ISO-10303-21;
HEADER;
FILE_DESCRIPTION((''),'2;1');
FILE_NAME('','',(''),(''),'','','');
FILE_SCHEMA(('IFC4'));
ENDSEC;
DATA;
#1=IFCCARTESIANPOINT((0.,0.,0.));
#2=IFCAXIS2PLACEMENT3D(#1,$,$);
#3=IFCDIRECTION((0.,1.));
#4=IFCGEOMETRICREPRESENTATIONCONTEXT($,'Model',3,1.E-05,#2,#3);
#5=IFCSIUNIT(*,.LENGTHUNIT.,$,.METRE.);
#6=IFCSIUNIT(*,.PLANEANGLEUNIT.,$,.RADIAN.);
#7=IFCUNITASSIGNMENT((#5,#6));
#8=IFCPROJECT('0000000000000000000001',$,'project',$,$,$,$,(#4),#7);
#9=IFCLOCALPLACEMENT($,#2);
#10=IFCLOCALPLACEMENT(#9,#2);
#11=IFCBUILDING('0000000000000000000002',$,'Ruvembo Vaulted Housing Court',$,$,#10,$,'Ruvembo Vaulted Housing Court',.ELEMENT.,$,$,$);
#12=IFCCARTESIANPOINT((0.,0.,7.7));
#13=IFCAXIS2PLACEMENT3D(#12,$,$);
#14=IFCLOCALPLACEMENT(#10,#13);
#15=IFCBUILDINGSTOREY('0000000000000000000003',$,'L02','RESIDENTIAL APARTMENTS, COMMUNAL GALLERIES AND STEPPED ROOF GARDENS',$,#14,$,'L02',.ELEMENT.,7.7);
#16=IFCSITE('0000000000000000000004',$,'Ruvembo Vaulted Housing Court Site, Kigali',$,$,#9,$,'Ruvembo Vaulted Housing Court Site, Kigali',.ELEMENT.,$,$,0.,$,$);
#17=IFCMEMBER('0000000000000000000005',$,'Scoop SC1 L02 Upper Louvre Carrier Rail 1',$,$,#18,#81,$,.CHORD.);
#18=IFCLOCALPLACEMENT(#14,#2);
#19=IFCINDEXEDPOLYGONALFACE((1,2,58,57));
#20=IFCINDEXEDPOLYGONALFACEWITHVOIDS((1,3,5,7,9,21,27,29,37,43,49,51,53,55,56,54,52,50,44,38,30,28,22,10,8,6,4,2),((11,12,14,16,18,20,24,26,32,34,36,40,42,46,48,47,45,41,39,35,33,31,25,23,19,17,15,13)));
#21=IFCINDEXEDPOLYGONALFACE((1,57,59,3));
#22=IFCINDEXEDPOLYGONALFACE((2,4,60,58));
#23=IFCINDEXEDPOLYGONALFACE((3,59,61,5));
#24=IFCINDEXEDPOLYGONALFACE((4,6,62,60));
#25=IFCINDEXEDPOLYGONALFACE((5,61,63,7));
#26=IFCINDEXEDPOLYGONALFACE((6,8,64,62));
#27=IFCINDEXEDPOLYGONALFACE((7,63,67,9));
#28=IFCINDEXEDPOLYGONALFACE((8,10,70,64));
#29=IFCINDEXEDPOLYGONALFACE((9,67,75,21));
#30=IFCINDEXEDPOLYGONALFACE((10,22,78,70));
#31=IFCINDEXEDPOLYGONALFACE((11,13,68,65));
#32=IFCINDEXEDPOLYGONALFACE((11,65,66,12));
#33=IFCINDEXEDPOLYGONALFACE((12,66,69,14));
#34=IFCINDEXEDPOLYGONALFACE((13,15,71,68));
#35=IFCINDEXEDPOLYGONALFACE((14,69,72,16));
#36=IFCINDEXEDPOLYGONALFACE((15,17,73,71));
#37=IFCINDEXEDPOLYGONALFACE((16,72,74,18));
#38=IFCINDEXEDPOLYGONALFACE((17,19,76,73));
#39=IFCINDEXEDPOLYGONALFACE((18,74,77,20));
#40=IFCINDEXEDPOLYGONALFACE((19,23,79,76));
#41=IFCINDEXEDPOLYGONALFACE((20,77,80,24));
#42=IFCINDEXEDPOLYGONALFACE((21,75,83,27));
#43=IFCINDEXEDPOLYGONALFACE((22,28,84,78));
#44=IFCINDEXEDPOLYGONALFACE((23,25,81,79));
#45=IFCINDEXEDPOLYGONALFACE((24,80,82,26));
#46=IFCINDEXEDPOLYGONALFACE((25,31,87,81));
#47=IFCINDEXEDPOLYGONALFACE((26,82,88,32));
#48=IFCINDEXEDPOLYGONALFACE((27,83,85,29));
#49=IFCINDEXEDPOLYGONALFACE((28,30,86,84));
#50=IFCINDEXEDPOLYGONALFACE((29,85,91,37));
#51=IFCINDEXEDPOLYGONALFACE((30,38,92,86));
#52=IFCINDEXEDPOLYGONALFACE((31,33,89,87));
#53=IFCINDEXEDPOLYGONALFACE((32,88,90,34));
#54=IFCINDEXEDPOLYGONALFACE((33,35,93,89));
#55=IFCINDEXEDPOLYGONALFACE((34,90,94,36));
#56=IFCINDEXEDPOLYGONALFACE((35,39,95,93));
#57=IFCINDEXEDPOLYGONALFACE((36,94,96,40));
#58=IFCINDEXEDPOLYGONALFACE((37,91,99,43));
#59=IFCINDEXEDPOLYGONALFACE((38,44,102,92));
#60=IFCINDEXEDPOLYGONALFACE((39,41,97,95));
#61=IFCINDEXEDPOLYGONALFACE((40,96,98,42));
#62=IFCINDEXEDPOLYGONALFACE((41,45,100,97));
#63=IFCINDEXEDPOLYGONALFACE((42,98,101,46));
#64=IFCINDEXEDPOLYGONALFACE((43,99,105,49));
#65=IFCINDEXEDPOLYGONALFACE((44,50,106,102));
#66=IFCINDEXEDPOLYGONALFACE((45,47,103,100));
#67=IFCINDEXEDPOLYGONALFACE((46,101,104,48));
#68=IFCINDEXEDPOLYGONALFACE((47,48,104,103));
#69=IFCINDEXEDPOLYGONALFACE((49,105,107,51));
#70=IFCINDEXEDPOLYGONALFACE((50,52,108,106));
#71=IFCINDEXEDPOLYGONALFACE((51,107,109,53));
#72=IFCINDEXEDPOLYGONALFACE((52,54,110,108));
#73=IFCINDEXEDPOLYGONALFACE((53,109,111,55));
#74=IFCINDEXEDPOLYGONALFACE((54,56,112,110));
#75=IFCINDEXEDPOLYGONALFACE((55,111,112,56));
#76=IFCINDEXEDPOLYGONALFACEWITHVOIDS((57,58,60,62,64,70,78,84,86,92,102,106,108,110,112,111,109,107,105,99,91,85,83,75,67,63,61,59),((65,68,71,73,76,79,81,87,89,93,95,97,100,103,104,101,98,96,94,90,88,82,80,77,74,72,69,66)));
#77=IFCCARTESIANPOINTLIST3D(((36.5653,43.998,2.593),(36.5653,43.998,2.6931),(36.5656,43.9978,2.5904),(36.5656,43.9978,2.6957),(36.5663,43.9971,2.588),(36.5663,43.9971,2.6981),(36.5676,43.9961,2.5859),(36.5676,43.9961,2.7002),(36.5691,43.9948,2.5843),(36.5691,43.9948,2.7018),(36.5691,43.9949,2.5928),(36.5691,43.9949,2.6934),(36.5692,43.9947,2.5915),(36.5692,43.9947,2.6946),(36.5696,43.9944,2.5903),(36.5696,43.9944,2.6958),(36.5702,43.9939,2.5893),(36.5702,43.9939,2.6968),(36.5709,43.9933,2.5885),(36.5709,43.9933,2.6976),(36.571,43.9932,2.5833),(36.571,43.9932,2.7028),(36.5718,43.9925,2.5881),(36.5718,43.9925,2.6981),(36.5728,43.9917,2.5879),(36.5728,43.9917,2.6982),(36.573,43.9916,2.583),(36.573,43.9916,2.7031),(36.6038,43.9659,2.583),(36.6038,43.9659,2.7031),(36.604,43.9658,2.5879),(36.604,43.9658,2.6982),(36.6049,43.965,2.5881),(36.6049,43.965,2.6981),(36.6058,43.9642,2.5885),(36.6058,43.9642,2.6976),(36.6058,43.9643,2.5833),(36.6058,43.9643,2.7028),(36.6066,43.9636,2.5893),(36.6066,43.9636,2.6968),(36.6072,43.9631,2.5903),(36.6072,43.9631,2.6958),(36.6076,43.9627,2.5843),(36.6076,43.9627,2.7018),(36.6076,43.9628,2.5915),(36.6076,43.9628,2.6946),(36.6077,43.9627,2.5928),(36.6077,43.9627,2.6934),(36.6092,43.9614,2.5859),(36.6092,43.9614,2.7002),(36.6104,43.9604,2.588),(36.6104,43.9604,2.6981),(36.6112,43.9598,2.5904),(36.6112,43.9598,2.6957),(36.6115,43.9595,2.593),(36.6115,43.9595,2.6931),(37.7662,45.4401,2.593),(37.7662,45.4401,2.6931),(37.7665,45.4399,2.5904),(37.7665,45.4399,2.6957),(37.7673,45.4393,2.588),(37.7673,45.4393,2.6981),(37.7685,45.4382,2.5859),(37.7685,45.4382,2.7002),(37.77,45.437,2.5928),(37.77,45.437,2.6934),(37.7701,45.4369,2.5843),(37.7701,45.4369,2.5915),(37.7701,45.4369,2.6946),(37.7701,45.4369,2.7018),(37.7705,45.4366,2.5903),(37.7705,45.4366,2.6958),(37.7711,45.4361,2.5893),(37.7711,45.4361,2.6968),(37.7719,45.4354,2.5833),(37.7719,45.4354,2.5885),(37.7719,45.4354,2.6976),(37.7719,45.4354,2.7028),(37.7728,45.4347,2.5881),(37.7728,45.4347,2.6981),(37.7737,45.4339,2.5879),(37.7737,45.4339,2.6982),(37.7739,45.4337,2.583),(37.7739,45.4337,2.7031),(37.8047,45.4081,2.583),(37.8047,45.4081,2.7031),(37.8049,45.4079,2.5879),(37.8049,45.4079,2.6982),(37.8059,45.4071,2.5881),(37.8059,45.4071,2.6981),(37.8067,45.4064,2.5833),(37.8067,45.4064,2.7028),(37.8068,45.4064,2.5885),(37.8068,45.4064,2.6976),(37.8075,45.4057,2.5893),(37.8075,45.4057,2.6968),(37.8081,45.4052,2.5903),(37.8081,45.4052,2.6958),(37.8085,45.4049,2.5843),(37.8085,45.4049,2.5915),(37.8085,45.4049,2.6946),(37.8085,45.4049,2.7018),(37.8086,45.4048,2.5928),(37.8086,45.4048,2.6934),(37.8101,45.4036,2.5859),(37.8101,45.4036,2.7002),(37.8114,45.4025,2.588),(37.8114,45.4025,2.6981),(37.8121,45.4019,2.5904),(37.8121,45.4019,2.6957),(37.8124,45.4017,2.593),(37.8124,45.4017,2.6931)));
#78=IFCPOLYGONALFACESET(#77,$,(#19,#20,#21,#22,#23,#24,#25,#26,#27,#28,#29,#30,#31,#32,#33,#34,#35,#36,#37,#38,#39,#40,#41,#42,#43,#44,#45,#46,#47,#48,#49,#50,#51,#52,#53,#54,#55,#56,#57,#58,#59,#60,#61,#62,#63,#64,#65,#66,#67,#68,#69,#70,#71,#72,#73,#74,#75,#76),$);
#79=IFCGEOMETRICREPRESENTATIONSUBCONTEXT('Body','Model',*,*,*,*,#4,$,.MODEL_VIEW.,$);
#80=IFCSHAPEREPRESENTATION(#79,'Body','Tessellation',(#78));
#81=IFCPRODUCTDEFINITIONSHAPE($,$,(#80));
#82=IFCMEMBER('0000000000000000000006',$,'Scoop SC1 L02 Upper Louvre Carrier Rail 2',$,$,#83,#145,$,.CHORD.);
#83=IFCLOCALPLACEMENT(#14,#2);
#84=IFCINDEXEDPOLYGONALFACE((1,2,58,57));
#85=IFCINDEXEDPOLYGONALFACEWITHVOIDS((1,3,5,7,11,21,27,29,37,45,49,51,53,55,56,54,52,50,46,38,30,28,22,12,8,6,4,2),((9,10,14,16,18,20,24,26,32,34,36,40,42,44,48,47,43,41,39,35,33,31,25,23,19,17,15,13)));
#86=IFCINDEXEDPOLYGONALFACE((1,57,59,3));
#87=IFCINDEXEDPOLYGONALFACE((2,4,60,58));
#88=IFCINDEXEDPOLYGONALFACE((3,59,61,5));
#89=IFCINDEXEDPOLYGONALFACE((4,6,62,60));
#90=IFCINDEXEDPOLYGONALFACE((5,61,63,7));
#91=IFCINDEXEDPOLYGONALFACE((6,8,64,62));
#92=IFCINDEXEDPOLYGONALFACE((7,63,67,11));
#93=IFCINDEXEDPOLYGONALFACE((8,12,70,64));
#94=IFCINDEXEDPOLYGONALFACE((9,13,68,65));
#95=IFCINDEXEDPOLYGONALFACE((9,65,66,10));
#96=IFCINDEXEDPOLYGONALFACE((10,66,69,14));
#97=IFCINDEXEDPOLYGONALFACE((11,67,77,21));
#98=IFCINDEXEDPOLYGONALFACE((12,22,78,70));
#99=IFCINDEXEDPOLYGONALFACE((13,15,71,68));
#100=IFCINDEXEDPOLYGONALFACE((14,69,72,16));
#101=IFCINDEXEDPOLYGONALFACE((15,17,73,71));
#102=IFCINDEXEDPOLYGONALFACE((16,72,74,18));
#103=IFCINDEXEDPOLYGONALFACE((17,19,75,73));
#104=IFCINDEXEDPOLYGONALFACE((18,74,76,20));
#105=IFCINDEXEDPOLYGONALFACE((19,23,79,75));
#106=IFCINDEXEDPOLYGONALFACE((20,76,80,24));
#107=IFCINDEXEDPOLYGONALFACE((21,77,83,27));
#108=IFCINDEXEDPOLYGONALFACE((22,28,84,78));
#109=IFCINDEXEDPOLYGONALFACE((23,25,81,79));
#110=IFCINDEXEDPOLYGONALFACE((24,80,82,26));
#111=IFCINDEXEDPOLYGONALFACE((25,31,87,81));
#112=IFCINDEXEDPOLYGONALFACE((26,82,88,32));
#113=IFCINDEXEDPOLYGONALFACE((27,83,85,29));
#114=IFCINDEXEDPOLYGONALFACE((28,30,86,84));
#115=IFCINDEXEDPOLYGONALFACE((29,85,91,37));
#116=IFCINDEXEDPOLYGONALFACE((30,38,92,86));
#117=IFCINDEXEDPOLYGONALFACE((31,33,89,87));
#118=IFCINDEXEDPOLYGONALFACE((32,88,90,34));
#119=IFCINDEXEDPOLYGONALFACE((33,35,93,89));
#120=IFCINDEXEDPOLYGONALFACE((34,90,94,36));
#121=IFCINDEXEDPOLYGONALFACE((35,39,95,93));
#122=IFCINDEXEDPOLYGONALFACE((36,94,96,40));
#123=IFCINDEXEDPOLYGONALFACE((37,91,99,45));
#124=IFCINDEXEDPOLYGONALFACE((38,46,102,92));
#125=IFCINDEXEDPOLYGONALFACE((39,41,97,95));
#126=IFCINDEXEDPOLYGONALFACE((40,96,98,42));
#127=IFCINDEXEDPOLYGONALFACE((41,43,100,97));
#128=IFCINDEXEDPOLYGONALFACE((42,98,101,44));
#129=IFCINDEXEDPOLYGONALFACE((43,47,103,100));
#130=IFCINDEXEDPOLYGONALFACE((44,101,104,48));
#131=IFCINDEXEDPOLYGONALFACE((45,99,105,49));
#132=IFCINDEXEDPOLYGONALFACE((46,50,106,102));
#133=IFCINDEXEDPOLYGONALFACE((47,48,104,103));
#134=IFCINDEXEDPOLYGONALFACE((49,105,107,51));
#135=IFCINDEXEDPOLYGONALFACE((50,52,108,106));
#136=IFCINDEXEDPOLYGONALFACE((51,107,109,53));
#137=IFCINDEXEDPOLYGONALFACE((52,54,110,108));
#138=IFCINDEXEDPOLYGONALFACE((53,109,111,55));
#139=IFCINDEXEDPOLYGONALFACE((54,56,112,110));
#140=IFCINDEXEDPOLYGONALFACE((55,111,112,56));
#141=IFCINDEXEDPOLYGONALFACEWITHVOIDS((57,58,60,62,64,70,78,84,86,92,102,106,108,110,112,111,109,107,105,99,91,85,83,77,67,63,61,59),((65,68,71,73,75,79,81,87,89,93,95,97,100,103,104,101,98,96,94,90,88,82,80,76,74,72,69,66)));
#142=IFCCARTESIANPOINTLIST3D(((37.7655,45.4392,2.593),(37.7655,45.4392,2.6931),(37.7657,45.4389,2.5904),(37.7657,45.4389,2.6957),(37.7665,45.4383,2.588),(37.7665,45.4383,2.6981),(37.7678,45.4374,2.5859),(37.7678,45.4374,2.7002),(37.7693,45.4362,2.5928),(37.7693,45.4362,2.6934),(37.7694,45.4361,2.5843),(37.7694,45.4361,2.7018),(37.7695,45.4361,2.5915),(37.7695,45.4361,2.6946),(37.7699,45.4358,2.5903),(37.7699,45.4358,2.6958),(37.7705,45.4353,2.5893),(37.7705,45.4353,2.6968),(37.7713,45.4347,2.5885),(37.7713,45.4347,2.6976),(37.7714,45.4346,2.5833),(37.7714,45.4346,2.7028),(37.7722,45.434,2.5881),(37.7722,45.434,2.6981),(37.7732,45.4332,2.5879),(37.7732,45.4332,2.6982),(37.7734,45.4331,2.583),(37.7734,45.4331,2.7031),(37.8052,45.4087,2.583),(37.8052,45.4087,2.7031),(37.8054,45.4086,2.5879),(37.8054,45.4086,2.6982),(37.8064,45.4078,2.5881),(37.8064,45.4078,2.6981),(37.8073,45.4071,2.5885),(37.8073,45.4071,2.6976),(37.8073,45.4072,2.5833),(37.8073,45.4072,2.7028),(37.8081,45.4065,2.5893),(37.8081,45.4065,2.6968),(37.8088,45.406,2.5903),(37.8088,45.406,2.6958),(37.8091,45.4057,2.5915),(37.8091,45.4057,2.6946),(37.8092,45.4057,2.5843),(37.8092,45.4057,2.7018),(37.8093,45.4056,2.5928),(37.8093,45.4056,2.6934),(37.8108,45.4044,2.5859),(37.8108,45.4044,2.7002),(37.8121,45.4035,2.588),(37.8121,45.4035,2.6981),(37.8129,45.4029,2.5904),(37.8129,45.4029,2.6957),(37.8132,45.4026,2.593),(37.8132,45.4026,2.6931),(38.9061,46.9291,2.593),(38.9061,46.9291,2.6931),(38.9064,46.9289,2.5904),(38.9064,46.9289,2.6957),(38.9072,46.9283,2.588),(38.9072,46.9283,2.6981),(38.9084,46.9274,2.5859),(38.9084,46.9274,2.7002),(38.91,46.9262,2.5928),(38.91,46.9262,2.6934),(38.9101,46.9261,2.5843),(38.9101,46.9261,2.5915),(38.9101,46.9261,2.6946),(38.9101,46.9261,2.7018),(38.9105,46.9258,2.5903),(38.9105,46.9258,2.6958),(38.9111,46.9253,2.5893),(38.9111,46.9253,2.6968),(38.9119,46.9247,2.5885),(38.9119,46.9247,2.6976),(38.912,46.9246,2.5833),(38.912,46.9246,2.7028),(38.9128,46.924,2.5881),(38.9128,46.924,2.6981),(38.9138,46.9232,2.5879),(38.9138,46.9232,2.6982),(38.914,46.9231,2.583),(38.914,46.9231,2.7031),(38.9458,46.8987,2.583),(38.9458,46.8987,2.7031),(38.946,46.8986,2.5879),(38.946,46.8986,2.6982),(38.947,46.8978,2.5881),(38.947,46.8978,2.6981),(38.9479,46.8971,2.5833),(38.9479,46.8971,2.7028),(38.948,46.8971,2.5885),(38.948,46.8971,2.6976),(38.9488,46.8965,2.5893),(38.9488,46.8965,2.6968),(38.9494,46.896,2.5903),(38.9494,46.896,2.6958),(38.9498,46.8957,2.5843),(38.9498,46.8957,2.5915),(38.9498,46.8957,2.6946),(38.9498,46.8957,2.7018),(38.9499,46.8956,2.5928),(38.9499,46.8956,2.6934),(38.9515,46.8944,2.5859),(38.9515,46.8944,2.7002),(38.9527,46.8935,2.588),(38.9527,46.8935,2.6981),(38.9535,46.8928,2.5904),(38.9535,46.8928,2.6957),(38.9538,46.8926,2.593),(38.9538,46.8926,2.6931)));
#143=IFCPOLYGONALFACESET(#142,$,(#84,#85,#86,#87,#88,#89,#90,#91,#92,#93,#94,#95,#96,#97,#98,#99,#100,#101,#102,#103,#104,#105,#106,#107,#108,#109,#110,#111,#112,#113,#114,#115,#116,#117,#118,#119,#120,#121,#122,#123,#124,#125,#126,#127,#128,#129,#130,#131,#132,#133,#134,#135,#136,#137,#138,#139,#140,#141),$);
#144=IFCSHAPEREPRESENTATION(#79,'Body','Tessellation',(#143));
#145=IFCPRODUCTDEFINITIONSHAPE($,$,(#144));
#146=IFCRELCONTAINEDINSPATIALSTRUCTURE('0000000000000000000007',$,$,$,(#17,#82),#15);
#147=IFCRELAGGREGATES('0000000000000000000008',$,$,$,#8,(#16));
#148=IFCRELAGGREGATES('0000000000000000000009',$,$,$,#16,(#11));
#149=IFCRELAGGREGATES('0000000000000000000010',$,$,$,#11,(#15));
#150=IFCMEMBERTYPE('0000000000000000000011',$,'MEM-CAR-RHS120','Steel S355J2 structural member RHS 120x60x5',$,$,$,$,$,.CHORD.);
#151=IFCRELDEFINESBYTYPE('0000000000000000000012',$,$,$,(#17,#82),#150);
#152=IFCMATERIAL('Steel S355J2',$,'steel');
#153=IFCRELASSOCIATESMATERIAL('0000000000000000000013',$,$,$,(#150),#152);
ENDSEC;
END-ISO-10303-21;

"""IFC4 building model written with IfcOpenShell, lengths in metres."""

from ifc_helpers import new_model, si_unit, direction, frame, origin, origin_2d, place, context, subcontext, project, spatial, hollow_rectangle, extrude, material, material_profile, profile_set, type_object, element, save


model = new_model("IFC4")

# Units and contexts
model_context = context("Model", 3, precision=1e-05, world=origin(), true_north=direction((0.0, 1.0)))
body_context = subcontext(model_context, "Body", "Model", "MODEL_VIEW")
ifc_project = project(units=[si_unit("LENGTHUNIT", "METRE"), si_unit("PLANEANGLEUNIT", "RADIAN")], contexts=[model_context])

# Site, building, storey
site_placement = place(None, origin())
site = spatial("IfcSite", under=ifc_project, at=site_placement, Name="Ruvembo Vaulted Housing Court Site, Kigali", LongName="Ruvembo Vaulted Housing Court Site, Kigali", CompositionType="ELEMENT", RefElevation=0.0)
building_placement = place(site_placement, origin())
building = spatial("IfcBuilding", under=site, at=building_placement, Name="Ruvembo Vaulted Housing Court", LongName="Ruvembo Vaulted Housing Court", CompositionType="ELEMENT")
storey_placement = place(building_placement, frame((0.0, 0.0, 7.7)))
storey = spatial("IfcBuildingStorey", under=building, at=storey_placement, Name="L02", Description="RESIDENTIAL APARTMENTS, COMMUNAL GALLERIES AND STEPPED ROOF GARDENS", LongName="L02", CompositionType="ELEMENT", Elevation=7.7)

# Shared definitions
ifc_material_1 = material(Name="Steel S355J2", Category="steel")

# Members
ifc_material_profile_1 = material_profile(ifc_material_1, hollow_rectangle(XDim=0.0601, YDim=0.1201, WallThickness=0.0049, InnerFilletRadius=0.0049, OuterFilletRadius=0.01, at=origin_2d()), Name="RHS 120x60x5")
ifc_profile_set_1 = profile_set([ifc_material_profile_1], Name="Steel S355J2")
member_type_1 = type_object("IfcMemberType", Name="MEM-CAR-RHS120", Description="Steel S355J2 structural member RHS 120x60x5", PredefinedType="CHORD", material=ifc_profile_set_1)
for number, where, z_axis, x_axis, name in (
    (1, (36.5884, 43.9788, 2.6431), (0.639916, 0.768445, 0.0), (-0.768445, 0.639916, 0.0), "Scoop SC1 L02 Upper Louvre Carrier Rail 1"),
):
    element("IfcMember", number, at=place(storey_placement, frame(where, z_axis=z_axis, x_axis=x_axis)), inside=storey, type_object=member_type_1, Name=name, PredefinedType="CHORD", context=body_context, shape_type="SweptSolid", body=[
        extrude(hollow_rectangle(XDim=0.0601, YDim=0.1201, WallThickness=0.0049, InnerFilletRadius=0.0049, OuterFilletRadius=0.01, at=origin_2d()), origin(), (0.0, 0.0, 1.0), 1.8767),
    ])
member_1_placement = place(storey_placement, frame((37.7893, 45.4209, 2.6431), z_axis=(0.607861, 0.794044, 0.0), x_axis=(-0.794044, 0.607861, 0.0)))
element("IfcMember", 2, at=member_1_placement, inside=storey, type_object=member_type_1, Name="Scoop SC1 L02 Upper Louvre Carrier Rail 2", PredefinedType="CHORD", context=body_context, shape_type="SweptSolid", body=[
    extrude(hollow_rectangle(XDim=0.0601, YDim=0.1201, WallThickness=0.0049, InnerFilletRadius=0.0049, OuterFilletRadius=0.01, at=origin_2d()), origin(), (0.0, 0.0, 1.0), 1.8765),
])

save(model, "model.ifc")
